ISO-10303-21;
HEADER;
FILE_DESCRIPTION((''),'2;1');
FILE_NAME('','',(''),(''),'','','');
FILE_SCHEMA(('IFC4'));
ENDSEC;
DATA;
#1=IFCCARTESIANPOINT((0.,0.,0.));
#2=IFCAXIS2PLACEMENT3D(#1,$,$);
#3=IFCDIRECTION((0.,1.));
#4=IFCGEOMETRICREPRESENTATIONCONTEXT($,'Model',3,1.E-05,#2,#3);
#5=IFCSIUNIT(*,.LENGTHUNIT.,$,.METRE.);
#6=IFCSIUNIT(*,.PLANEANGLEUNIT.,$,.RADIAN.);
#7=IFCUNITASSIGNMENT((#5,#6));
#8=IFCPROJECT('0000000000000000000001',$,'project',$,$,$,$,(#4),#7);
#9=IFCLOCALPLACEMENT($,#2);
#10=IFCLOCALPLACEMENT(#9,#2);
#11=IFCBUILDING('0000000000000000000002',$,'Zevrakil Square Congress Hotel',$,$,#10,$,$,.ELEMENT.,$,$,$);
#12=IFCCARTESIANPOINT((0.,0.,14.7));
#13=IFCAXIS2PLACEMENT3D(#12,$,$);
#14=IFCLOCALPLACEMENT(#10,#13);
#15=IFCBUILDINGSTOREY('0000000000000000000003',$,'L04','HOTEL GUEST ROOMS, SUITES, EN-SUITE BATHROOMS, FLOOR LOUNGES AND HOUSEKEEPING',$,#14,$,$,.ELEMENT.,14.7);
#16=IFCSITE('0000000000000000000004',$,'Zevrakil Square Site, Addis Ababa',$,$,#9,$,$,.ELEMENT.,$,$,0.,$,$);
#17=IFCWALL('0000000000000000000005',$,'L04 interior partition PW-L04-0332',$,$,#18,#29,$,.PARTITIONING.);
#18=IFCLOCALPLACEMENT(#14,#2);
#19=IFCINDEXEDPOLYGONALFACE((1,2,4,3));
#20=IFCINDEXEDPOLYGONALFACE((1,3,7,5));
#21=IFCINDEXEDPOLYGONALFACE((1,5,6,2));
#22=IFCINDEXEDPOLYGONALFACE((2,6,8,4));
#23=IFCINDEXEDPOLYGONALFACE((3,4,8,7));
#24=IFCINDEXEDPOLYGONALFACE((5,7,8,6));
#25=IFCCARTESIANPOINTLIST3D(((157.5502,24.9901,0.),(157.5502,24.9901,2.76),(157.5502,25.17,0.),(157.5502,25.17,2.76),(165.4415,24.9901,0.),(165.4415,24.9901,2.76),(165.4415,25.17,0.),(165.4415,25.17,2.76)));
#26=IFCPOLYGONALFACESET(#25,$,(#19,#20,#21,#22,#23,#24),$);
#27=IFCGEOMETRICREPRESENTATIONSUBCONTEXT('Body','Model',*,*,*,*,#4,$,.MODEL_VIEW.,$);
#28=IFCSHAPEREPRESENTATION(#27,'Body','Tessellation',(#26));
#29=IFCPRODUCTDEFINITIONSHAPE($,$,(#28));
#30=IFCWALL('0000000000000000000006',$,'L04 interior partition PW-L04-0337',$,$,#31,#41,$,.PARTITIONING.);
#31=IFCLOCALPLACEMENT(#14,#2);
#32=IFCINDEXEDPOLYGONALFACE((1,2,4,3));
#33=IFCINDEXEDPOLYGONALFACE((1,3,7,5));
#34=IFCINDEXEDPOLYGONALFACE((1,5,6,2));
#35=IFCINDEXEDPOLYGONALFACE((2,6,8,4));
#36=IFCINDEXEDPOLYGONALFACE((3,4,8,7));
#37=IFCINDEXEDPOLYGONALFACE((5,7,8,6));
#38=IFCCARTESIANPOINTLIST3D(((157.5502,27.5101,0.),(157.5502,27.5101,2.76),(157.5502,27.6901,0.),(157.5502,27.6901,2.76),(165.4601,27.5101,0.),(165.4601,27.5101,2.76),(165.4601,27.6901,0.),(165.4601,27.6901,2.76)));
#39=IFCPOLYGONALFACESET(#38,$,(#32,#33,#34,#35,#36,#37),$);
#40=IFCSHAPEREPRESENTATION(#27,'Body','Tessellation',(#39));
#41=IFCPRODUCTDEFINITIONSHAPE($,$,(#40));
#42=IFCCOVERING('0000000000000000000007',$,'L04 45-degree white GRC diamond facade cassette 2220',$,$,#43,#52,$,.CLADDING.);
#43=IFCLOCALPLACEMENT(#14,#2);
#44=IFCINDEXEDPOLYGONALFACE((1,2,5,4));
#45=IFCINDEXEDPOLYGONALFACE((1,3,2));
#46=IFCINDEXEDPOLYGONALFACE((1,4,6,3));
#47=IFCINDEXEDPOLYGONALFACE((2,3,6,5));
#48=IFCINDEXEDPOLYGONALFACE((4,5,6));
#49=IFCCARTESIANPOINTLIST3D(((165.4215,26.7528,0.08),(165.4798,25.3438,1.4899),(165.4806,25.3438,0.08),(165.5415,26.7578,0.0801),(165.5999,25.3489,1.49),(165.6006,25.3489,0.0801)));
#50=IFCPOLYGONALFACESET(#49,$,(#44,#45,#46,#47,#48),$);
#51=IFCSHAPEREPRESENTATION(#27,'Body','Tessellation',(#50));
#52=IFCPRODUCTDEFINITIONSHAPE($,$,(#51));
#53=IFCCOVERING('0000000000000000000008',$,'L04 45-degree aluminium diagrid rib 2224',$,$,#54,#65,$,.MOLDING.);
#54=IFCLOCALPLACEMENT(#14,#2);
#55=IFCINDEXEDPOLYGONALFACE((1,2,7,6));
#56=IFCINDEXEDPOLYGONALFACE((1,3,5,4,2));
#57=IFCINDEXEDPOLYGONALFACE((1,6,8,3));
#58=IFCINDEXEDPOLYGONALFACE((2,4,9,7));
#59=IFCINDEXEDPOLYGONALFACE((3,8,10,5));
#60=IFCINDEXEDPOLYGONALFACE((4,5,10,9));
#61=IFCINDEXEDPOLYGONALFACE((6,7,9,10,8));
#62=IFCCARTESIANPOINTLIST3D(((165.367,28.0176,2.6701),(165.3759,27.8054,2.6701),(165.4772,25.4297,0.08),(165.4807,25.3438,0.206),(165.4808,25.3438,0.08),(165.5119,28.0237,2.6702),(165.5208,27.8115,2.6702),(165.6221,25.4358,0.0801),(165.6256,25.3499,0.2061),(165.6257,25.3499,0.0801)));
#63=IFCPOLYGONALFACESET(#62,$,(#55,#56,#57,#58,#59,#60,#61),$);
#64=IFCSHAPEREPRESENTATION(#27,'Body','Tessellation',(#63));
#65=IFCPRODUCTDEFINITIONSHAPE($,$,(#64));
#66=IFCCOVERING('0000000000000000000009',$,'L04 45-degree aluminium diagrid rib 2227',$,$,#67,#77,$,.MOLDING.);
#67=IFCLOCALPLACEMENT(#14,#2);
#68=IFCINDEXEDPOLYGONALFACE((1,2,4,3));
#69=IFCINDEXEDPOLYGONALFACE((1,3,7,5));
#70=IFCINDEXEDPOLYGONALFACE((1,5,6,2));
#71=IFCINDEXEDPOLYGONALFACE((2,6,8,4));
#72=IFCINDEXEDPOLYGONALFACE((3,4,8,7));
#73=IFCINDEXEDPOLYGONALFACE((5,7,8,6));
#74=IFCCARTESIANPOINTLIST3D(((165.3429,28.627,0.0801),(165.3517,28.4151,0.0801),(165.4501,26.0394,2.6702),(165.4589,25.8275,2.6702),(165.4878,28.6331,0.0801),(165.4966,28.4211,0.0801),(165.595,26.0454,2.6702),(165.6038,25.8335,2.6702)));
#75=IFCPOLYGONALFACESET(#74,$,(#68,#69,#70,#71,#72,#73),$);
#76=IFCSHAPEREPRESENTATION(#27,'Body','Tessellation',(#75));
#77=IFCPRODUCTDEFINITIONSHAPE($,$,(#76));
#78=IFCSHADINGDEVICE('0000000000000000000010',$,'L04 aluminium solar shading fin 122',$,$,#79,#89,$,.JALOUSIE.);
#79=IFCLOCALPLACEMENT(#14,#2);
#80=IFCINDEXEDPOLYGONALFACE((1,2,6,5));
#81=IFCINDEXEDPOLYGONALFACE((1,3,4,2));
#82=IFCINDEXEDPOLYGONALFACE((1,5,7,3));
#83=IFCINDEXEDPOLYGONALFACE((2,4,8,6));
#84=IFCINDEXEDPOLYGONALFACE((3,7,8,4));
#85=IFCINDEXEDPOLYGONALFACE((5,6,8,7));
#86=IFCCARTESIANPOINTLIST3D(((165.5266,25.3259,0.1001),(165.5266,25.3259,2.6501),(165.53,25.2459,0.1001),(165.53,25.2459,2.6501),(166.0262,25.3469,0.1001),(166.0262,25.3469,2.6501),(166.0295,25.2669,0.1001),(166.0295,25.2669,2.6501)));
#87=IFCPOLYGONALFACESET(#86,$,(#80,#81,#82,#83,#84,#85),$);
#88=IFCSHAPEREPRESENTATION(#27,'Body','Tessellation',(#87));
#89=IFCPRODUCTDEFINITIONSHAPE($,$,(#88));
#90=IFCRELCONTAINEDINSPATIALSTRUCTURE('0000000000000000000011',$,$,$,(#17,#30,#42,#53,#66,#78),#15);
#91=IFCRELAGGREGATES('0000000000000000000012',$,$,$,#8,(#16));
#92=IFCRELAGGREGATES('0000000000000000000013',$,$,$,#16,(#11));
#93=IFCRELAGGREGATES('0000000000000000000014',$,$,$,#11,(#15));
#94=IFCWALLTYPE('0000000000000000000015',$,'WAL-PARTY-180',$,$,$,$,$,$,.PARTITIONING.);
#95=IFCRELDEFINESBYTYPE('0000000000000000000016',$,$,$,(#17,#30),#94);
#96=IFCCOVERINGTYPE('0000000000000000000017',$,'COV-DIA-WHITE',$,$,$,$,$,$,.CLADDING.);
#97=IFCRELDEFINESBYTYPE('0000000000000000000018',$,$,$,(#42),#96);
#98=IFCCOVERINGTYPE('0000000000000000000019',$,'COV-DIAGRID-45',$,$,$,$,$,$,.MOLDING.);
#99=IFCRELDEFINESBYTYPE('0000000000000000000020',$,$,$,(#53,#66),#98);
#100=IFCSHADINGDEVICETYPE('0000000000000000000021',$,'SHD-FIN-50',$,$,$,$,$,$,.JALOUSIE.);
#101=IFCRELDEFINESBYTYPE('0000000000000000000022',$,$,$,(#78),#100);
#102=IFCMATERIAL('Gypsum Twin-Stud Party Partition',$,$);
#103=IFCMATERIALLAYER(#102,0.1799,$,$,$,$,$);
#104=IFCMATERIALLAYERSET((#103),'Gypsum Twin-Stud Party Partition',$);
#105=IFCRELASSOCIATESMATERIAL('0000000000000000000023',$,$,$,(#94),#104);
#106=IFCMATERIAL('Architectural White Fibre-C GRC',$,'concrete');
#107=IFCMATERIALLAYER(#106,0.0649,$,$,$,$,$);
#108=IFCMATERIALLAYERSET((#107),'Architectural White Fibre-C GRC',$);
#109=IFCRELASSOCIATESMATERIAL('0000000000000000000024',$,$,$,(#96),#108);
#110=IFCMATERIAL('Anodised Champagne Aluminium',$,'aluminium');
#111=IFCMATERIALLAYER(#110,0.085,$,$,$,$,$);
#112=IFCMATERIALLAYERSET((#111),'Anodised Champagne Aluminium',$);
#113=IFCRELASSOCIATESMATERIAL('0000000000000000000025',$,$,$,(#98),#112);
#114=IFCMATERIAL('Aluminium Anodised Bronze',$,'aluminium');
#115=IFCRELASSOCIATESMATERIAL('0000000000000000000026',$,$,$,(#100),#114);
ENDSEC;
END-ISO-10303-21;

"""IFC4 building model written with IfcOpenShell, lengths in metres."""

from ifc_helpers import new_model, si_unit, direction, frame, frame_2d, origin, origin_2d, place, context, subcontext, project, spatial, polyline, rectangle, outline, extrude, material, layer, layer_set, type_object, element, save


model = new_model("IFC4")

# Units and contexts
model_context = context("Model", 3, precision=1e-05, world=origin(), true_north=direction((0.0, 1.0)))
body_context = subcontext(model_context, "Body", "Model", "MODEL_VIEW")
ifc_project = project(units=[si_unit("LENGTHUNIT", "METRE"), si_unit("PLANEANGLEUNIT", "RADIAN")], contexts=[model_context])

# Site, building, storey
site_placement = place(None, origin())
site = spatial("IfcSite", under=ifc_project, at=site_placement, Name="Zevrakil Square Site, Addis Ababa", CompositionType="ELEMENT", RefElevation=0.0)
building_placement = place(site_placement, origin())
building = spatial("IfcBuilding", under=site, at=building_placement, Name="Zevrakil Square Congress Hotel", CompositionType="ELEMENT")
storey_placement = place(building_placement, frame((0.0, 0.0, 14.7)))
storey = spatial("IfcBuildingStorey", under=building, at=storey_placement, Name="L04", Description="HOTEL GUEST ROOMS, SUITES, EN-SUITE BATHROOMS, FLOOR LOUNGES AND HOUSEKEEPING", CompositionType="ELEMENT", Elevation=14.7)

# Walls
ifc_material_1 = material(Name="Gypsum Twin-Stud Party Partition")
ifc_layer_1 = layer(ifc_material_1, 0.1799)
ifc_layer_set_1 = layer_set([ifc_layer_1], Name="Gypsum Twin-Stud Party Partition")
wall_type_1 = type_object("IfcWallType", Name="WAL-PARTY-180", PredefinedType="PARTITIONING", material=ifc_layer_set_1)
wall_1_placement = place(storey_placement, frame((157.55, 25.0801, 0.0), z_axis=(0.0, 0.0, 1.0), x_axis=(1.0, 0.0, 0.0)))
element("IfcWall", 1, at=wall_1_placement, inside=storey, type_object=wall_type_1, Name="L04 interior partition PW-L04-0332", PredefinedType="PARTITIONING", context=body_context, shape_type="SweptSolid", body=[
    extrude(rectangle(XDim=7.8914, YDim=0.1799, at=frame_2d((3.9458, 0.0))), origin(), (0.0, 0.0, 1.0), 2.76),
])
wall_2_placement = place(storey_placement, frame((157.55, 27.6001, 0.0), z_axis=(0.0, 0.0, 1.0), x_axis=(1.0, 0.0, 0.0)))
element("IfcWall", 2, at=wall_2_placement, inside=storey, type_object=wall_type_1, Name="L04 interior partition PW-L04-0337", PredefinedType="PARTITIONING", context=body_context, shape_type="SweptSolid", body=[
    extrude(rectangle(XDim=7.9099, YDim=0.1799, at=frame_2d((3.9551, 0.0))), origin(), (0.0, 0.0, 1.0), 2.76),
])

# Coverings
ifc_material_2 = material(Name="Architectural White Fibre-C GRC", Category="concrete")
ifc_layer_2 = layer(ifc_material_2, 0.0649)
ifc_layer_set_2 = layer_set([ifc_layer_2], Name="Architectural White Fibre-C GRC")
covering_type_1 = type_object("IfcCoveringType", Name="COV-DIA-WHITE", PredefinedType="CLADDING", material=ifc_layer_set_2)
covering_1_placement = place(storey_placement, frame((165.5415, 26.7578, 0.0801), z_axis=(0.999122, 0.041897, 0.000519), x_axis=(0.041897, -0.999122, 0.0)))
element("IfcCovering", 3, at=covering_1_placement, inside=storey, type_object=covering_type_1, Name="L04 45-degree white GRC diamond facade cassette 2220", PredefinedType="CLADDING", context=body_context, shape_type="SweptSolid", body=[
    extrude(outline(polyline([(0.0, 0.0), (1.4102, 0.0), (1.4101, -1.4099), (0.0, 0.0)])), origin(), (0.0, 0.0, -1.0), 0.1201),
])
ifc_material_3 = material(Name="Anodised Champagne Aluminium", Category="aluminium")
ifc_layer_3 = layer(ifc_material_3, 0.085)
ifc_layer_set_3 = layer_set([ifc_layer_3], Name="Anodised Champagne Aluminium")
covering_type_2 = type_object("IfcCoveringType", Name="COV-DIAGRID-45", PredefinedType="MOLDING", material=ifc_layer_set_3)
covering_2_placement = place(storey_placement, frame((165.6221, 25.4358, 0.0801), z_axis=(0.999119, 0.041955, 0.000574), x_axis=(0.041955, -0.99912, 0.000001)))
element("IfcCovering", 4, at=covering_2_placement, inside=storey, type_object=covering_type_2, Name="L04 45-degree aluminium diagrid rib 2224", PredefinedType="MOLDING", context=body_context, shape_type="SweptSolid", body=[
    extrude(outline(polyline([(0.0, 0.0), (0.086, 0.0), (0.086, -0.126), (-2.3779, -2.5901), (-2.5902, -2.5901), (0.0, 0.0)])), origin(), (0.0, 0.0, -1.0), 0.145),
])
covering_3_placement = place(storey_placement, frame((165.6038, 25.8335, 2.6702), z_axis=(0.999141, 0.041439, 0.000056), x_axis=(-0.041439, 0.999141, 0.0)))
element("IfcCovering", 5, at=covering_3_placement, inside=storey, type_object=covering_type_2, Name="L04 45-degree aluminium diagrid rib 2227", PredefinedType="MOLDING", context=body_context, shape_type="SweptSolid", body=[
    extrude(outline(polyline([(0.0, 0.0), (0.2121, 0.0), (2.802, -2.5901), (2.5899, -2.5901), (0.0, 0.0)])), origin(), (0.0, 0.0, -1.0), 0.145),
])

# Shading device
ifc_material_4 = material(Name="Aluminium Anodised Bronze", Category="aluminium")
shading_device_type = type_object("IfcShadingDeviceType", Name="SHD-FIN-50", PredefinedType="JALOUSIE", material=ifc_material_4)
shading_device_placement = place(storey_placement, frame((165.7781, 25.2964, 0.1001), z_axis=(0.0, 0.0, 1.0), x_axis=(0.999119, 0.041963, 0.0)))
element("IfcShadingDevice", 6, at=shading_device_placement, inside=storey, type_object=shading_device_type, Name="L04 aluminium solar shading fin 122", PredefinedType="JALOUSIE", context=body_context, shape_type="SweptSolid", body=[
    extrude(rectangle(XDim=0.5, YDim=0.0801, at=origin_2d()), origin(), (0.0, 0.0, 1.0), 2.55),
])

save(model, "model.ifc")
